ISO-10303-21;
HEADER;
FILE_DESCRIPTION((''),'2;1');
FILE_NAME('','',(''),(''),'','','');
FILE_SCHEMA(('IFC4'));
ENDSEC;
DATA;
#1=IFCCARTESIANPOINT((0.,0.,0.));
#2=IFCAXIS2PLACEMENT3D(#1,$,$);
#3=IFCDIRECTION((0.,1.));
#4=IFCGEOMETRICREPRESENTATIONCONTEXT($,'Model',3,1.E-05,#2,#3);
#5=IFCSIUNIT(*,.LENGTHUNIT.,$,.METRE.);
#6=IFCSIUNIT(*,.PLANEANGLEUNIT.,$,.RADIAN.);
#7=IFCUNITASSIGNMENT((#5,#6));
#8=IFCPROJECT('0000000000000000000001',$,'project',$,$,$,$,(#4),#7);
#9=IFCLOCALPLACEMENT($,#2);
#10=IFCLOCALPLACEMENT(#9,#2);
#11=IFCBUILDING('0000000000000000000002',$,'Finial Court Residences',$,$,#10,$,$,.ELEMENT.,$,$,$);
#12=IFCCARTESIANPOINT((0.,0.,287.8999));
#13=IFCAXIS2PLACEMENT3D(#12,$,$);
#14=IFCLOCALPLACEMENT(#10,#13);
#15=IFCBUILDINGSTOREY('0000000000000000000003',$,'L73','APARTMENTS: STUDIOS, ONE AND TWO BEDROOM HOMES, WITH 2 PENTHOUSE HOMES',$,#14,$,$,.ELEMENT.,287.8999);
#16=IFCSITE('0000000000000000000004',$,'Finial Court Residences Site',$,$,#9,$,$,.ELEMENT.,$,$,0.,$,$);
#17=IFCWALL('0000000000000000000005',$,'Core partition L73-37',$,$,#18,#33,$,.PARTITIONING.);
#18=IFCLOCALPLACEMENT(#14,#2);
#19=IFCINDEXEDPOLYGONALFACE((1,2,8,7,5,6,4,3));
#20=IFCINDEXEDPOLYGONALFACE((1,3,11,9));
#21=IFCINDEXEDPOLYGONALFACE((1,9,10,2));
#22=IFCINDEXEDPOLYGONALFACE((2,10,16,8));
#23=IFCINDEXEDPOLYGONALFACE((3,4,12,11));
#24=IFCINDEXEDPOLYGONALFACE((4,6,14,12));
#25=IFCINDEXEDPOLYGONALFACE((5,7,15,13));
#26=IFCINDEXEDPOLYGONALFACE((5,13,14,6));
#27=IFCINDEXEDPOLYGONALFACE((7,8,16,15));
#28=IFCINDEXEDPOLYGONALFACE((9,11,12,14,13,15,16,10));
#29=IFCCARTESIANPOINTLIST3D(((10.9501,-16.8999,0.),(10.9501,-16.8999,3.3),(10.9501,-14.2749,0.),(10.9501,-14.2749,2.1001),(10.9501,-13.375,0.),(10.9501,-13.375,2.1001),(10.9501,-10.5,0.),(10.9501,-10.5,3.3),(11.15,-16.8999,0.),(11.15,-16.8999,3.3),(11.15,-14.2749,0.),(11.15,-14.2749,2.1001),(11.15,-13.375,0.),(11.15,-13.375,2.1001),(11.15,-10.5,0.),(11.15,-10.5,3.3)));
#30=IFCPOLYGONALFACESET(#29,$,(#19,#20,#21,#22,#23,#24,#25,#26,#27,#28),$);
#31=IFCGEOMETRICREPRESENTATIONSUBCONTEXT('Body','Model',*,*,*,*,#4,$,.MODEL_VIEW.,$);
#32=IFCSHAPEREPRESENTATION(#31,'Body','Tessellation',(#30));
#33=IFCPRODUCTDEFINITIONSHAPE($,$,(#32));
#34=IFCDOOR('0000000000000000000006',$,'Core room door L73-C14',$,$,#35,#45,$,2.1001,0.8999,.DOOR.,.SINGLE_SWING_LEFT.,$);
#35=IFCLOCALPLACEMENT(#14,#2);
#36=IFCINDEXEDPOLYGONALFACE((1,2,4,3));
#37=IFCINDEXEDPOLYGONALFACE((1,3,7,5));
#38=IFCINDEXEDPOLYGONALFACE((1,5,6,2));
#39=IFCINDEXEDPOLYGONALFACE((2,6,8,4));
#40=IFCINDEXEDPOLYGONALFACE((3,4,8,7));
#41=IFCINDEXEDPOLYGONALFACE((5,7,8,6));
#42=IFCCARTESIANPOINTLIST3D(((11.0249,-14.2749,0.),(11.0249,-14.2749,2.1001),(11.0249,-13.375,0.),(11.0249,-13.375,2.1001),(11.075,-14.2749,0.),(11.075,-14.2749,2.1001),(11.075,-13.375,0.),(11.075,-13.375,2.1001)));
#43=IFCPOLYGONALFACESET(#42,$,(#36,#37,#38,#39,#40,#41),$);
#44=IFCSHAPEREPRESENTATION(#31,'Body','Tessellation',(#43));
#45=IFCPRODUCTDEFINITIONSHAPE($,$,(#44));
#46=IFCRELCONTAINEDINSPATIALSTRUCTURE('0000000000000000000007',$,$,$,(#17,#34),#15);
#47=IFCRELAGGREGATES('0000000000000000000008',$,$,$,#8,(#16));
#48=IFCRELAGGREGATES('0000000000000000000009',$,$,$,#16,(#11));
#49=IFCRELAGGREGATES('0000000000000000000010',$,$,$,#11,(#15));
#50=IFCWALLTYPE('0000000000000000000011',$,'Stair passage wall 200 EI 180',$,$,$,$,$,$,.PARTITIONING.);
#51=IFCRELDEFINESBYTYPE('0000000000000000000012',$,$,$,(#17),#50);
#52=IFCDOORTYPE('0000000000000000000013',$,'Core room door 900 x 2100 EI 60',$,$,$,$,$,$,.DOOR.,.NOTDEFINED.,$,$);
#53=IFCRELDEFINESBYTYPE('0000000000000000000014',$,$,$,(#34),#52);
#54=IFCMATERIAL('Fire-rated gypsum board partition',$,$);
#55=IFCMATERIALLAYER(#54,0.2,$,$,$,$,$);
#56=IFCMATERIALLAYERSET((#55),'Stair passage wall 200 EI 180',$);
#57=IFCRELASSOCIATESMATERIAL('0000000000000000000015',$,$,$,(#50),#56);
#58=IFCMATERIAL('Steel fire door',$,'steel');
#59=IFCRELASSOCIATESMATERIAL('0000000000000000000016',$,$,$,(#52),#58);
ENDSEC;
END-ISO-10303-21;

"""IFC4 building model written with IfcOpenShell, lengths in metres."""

from ifc_helpers import new_model, si_unit, direction, frame, frame_2d, origin, place, context, subcontext, project, spatial, rectangle, extrude, material, layer, layer_set, type_object, element, fill, save


model = new_model("IFC4")

# Units and contexts
model_context = context("Model", 3, precision=1e-05, world=origin(), true_north=direction((0.0, 1.0)))
body_context = subcontext(model_context, "Body", "Model", "MODEL_VIEW")
ifc_project = project(units=[si_unit("LENGTHUNIT", "METRE"), si_unit("PLANEANGLEUNIT", "RADIAN")], contexts=[model_context])

# Site, building, storey
site_placement = place(None, origin())
site = spatial("IfcSite", under=ifc_project, at=site_placement, Name="Finial Court Residences Site", CompositionType="ELEMENT", RefElevation=0.0)
building_placement = place(site_placement, origin())
building = spatial("IfcBuilding", under=site, at=building_placement, Name="Finial Court Residences", CompositionType="ELEMENT")
storey_placement = place(building_placement, frame((0.0, 0.0, 287.8999)))
storey = spatial("IfcBuildingStorey", under=building, at=storey_placement, Name="L73", Description="APARTMENTS: STUDIOS, ONE AND TWO BEDROOM HOMES, WITH 2 PENTHOUSE HOMES", CompositionType="ELEMENT", Elevation=287.8999)

# Shared definitions
ifc_material_1 = material(Name="Fire-rated gypsum board partition")

# Shared definitions
ifc_material_2 = material(Name="Steel fire door", Category="steel")

# Wall, opening, door
ifc_layer_1 = layer(ifc_material_1, 0.2)
ifc_layer_set_1 = layer_set([ifc_layer_1], Name="Stair passage wall 200 EI 180")
wall_type_1 = type_object("IfcWallType", Name="Stair passage wall 200 EI 180", PredefinedType="PARTITIONING", material=ifc_layer_set_1)
wall_1_placement = place(storey_placement, frame((11.05, -10.5, 0.0), z_axis=(0.0, 0.0, 1.0), x_axis=(0.0, -1.0, 0.0)))
wall_1 = element("IfcWall", 1, at=wall_1_placement, inside=storey, type_object=wall_type_1, Name="Core partition L73-37", PredefinedType="PARTITIONING", context=body_context, shape_type="SweptSolid", body=[
    extrude(rectangle(XDim=6.3999, YDim=0.2, at=frame_2d((3.2, 0.0))), origin(), (0.0, 0.0, 1.0), 3.3),
])
opening_1_placement = place(wall_1_placement, frame((2.875, 0.0, 0.0)))
opening_1 = element("IfcOpeningElement", 2, at=opening_1_placement, cuts=wall_1, PredefinedType="OPENING", context=body_context, shape_type="SweptSolid", body=[
    extrude(rectangle(XDim=0.8999, YDim=2.1001, at=frame_2d((0.45, 1.05))), frame((0.0, 0.1099, 0.0), z_axis=(0.0, -1.0, 0.0), x_axis=(1.0, 0.0, 0.0)), (0.0, 0.0, 1.0), 0.22),
])
door_type_1 = type_object("IfcDoorType", Name="Core room door 900 x 2100 EI 60", OperationType="NOTDEFINED", PredefinedType="DOOR", material=ifc_material_2)
door_1_placement = place(opening_1_placement, origin())
door_1 = element("IfcDoor", 3, at=door_1_placement, inside=storey, type_object=door_type_1, Name="Core room door L73-C14", OperationType="SINGLE_SWING_LEFT", OverallHeight=2.1001, OverallWidth=0.8999, PredefinedType="DOOR", context=body_context, shape_type="SweptSolid", body=[
    extrude(rectangle(XDim=0.8999, YDim=2.1001, at=frame_2d((0.45, 1.05))), frame((0.0, 0.0249, 0.0), z_axis=(0.0, -1.0, 0.0), x_axis=(1.0, 0.0, 0.0)), (0.0, 0.0, 1.0), 0.05),
])
fill(opening_1, door_1)

save(model, "model.ifc")
